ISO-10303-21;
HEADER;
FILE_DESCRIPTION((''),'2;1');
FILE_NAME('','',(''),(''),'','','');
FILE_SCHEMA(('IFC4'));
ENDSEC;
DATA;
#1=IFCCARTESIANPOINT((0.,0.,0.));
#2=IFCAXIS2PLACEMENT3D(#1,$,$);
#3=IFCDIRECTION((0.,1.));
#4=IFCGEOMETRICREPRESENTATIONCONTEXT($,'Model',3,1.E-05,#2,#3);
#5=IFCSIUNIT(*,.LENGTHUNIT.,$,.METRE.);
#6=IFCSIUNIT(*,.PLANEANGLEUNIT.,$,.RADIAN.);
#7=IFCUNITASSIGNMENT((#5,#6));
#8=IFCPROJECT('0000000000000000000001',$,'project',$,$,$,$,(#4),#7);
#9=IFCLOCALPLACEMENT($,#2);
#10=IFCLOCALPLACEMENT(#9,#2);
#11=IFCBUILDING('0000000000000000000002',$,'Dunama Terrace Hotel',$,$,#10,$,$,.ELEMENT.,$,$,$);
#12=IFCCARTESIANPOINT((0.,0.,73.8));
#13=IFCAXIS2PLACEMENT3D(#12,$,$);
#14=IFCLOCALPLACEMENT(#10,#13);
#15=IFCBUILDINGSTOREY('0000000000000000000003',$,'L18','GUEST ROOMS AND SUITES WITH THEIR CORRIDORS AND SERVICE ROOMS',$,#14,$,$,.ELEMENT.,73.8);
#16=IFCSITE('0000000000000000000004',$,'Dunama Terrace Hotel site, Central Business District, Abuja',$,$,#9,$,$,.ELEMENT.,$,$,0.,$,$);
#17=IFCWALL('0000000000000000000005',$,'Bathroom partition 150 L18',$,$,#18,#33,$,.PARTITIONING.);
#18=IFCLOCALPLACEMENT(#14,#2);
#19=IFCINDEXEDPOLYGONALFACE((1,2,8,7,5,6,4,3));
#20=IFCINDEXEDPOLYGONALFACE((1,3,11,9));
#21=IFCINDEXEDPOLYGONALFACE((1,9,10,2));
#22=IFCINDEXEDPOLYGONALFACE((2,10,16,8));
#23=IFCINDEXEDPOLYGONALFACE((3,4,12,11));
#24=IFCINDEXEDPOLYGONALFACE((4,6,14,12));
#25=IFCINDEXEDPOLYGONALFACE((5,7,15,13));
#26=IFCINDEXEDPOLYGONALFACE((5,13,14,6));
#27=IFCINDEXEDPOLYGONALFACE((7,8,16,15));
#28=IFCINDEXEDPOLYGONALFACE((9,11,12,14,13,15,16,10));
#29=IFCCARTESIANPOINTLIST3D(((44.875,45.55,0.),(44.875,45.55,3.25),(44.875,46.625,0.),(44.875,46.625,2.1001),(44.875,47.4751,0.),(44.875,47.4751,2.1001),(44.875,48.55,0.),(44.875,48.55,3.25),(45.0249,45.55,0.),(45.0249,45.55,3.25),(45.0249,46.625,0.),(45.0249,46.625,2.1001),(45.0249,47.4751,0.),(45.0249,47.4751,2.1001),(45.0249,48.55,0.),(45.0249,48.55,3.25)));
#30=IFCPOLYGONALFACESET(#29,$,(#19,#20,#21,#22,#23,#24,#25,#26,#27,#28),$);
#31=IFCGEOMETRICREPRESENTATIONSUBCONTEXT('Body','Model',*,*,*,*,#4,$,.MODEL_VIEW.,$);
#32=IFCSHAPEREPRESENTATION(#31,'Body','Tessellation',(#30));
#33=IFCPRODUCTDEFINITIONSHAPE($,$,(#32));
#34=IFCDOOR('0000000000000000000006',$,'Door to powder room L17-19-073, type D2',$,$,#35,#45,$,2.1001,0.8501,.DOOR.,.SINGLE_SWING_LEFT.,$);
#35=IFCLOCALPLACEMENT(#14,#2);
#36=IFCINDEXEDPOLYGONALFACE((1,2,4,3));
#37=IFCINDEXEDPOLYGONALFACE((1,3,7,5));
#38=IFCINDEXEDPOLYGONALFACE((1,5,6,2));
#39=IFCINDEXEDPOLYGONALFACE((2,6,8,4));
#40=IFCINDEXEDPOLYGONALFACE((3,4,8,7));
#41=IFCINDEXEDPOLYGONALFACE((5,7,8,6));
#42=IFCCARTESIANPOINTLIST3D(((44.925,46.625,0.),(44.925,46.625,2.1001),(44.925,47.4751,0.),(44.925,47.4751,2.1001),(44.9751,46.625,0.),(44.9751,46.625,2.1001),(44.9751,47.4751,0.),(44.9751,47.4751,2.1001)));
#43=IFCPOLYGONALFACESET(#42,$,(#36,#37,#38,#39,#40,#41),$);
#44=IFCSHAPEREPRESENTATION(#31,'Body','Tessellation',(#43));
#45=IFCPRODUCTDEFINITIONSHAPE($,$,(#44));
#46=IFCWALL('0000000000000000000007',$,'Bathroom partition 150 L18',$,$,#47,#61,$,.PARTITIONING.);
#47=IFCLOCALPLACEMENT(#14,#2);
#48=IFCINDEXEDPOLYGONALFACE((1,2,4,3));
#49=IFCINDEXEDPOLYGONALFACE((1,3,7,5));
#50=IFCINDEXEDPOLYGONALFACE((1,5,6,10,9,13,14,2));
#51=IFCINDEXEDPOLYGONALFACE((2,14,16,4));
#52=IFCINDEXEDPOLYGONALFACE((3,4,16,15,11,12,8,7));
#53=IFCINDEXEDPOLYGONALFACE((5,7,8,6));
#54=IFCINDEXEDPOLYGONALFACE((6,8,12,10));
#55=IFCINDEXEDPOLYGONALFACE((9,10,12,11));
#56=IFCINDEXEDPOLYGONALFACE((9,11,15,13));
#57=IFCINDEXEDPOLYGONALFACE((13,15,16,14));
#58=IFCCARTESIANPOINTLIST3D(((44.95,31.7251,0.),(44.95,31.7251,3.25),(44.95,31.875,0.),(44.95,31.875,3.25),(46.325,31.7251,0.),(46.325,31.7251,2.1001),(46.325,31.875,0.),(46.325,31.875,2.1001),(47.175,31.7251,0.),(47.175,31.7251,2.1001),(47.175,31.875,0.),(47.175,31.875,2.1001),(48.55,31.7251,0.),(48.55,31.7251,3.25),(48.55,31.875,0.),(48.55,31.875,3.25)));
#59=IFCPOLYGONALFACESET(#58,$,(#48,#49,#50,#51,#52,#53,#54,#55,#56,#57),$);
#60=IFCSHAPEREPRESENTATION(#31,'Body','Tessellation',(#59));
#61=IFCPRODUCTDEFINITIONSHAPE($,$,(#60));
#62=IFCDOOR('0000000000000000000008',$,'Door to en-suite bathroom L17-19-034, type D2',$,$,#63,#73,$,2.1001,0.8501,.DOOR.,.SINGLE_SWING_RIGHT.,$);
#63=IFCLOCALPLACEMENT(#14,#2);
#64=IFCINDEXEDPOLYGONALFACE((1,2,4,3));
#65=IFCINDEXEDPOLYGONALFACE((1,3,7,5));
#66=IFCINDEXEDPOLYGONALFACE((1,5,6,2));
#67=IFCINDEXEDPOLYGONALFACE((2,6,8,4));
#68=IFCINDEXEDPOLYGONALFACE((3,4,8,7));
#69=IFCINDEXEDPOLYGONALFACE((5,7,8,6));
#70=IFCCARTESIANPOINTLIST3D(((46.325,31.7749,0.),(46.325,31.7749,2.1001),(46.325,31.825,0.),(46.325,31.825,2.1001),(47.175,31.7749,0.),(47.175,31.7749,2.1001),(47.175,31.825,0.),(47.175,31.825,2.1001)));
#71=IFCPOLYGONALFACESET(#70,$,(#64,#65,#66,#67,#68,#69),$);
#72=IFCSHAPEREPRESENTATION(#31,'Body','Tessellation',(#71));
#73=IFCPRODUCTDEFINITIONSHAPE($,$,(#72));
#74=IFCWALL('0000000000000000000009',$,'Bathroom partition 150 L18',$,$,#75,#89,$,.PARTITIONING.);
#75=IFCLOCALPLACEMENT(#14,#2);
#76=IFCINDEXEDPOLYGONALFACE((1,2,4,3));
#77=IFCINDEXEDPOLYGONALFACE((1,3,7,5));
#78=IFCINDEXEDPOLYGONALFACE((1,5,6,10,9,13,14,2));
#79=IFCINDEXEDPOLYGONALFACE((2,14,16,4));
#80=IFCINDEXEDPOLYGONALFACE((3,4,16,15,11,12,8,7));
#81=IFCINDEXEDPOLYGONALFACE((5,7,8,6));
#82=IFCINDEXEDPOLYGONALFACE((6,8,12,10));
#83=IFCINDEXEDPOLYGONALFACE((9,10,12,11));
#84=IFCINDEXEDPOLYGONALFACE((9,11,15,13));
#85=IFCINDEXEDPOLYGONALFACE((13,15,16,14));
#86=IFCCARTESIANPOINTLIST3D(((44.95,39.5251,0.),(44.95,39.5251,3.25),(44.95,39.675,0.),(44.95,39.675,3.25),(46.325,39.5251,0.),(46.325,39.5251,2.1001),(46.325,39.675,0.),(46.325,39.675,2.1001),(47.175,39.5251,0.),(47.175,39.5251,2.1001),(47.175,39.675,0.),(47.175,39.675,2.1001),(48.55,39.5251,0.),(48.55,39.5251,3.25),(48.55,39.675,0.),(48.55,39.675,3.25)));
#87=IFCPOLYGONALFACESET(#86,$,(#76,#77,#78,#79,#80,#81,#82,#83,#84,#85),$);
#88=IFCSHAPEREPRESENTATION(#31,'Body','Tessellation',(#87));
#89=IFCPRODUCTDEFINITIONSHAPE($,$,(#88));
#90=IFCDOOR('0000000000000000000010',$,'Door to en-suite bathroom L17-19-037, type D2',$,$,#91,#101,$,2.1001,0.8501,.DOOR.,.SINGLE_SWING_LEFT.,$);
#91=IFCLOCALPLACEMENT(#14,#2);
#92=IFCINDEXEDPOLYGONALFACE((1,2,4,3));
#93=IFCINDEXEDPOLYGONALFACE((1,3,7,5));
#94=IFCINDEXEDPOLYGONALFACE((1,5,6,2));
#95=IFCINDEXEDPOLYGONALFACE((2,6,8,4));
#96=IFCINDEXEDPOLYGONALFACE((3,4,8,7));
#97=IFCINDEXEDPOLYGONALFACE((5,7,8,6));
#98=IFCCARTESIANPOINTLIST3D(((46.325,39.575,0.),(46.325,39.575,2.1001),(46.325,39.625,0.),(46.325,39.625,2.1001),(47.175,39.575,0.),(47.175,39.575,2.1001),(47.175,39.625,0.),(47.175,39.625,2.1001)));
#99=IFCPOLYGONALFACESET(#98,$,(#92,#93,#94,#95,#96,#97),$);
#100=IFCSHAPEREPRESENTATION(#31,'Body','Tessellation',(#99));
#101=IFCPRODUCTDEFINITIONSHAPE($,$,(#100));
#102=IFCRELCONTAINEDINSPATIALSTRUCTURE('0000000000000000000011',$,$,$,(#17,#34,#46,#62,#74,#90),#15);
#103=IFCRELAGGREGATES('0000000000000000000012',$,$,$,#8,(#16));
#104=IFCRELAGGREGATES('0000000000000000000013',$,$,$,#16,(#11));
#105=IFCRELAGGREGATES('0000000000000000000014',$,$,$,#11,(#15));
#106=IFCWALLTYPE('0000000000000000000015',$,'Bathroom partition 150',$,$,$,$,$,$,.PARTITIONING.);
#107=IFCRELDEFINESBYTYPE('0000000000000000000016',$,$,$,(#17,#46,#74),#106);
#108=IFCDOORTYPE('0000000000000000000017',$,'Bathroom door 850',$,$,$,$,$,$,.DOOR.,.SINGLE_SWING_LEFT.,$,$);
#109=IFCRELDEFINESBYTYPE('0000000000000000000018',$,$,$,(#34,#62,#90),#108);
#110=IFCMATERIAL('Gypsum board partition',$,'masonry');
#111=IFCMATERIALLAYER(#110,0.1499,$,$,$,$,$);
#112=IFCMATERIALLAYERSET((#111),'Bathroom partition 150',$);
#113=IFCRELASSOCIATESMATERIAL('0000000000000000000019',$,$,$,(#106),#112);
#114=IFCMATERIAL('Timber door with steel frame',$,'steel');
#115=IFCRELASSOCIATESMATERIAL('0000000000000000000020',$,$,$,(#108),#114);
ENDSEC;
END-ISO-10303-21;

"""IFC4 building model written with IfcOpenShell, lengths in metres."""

from ifc_helpers import new_model, si_unit, direction, frame, frame_2d, origin, place, context, subcontext, project, spatial, rectangle, extrude, material, layer, layer_set, type_object, element, fill, save


model = new_model("IFC4")

# Units and contexts
model_context = context("Model", 3, precision=1e-05, world=origin(), true_north=direction((0.0, 1.0)))
body_context = subcontext(model_context, "Body", "Model", "MODEL_VIEW")
ifc_project = project(units=[si_unit("LENGTHUNIT", "METRE"), si_unit("PLANEANGLEUNIT", "RADIAN")], contexts=[model_context])

# Site, building, storey
site_placement = place(None, origin())
site = spatial("IfcSite", under=ifc_project, at=site_placement, Name="Dunama Terrace Hotel site, Central Business District, Abuja", CompositionType="ELEMENT", RefElevation=0.0)
building_placement = place(site_placement, origin())
building = spatial("IfcBuilding", under=site, at=building_placement, Name="Dunama Terrace Hotel", CompositionType="ELEMENT")
storey_placement = place(building_placement, frame((0.0, 0.0, 73.8)))
storey = spatial("IfcBuildingStorey", under=building, at=storey_placement, Name="L18", Description="GUEST ROOMS AND SUITES WITH THEIR CORRIDORS AND SERVICE ROOMS", CompositionType="ELEMENT", Elevation=73.8)

# Walls, openings, doors
ifc_material_1 = material(Name="Gypsum board partition", Category="masonry")
ifc_layer_1 = layer(ifc_material_1, 0.1499)
ifc_layer_set_1 = layer_set([ifc_layer_1], Name="Bathroom partition 150")
wall_type_1 = type_object("IfcWallType", Name="Bathroom partition 150", PredefinedType="PARTITIONING", material=ifc_layer_set_1)
wall_1_placement = place(storey_placement, frame((44.95, 45.55, 0.0), z_axis=(0.0, 0.0, 1.0), x_axis=(0.0, 1.0, 0.0)))
wall_1 = element("IfcWall", 1, at=wall_1_placement, inside=storey, type_object=wall_type_1, Name="Bathroom partition 150 L18", PredefinedType="PARTITIONING", context=body_context, shape_type="SweptSolid", body=[
    extrude(rectangle(XDim=3.0, YDim=0.1499, at=frame_2d((1.5, 0.0))), origin(), (0.0, 0.0, 1.0), 3.25),
])
opening_1_placement = place(wall_1_placement, frame((1.075, 0.0, 0.0)))
opening_1 = element("IfcOpeningElement", 2, at=opening_1_placement, cuts=wall_1, PredefinedType="OPENING", context=body_context, shape_type="SweptSolid", body=[
    extrude(rectangle(XDim=0.8501, YDim=2.1001, at=frame_2d((0.425, 1.05))), frame((0.0, 0.085, 0.0), z_axis=(0.0, -1.0, 0.0), x_axis=(1.0, 0.0, 0.0)), (0.0, 0.0, 1.0), 0.1699),
])
ifc_material_2 = material(Name="Timber door with steel frame", Category="steel")
door_type_1 = type_object("IfcDoorType", Name="Bathroom door 850", OperationType="SINGLE_SWING_LEFT", PredefinedType="DOOR", material=ifc_material_2)
door_1_placement = place(opening_1_placement, origin())
door_1 = element("IfcDoor", 3, at=door_1_placement, inside=storey, type_object=door_type_1, Name="Door to powder room L17-19-073, type D2", OperationType="SINGLE_SWING_LEFT", OverallHeight=2.1001, OverallWidth=0.8501, PredefinedType="DOOR", context=body_context, shape_type="SweptSolid", body=[
    extrude(rectangle(XDim=0.8501, YDim=2.1001, at=frame_2d((0.425, 1.05))), frame((0.0, 0.0249, 0.0), z_axis=(0.0, -1.0, 0.0), x_axis=(1.0, 0.0, 0.0)), (0.0, 0.0, 1.0), 0.05),
])
fill(opening_1, door_1)
wall_2_placement = place(storey_placement, frame((44.95, 31.8, 0.0), z_axis=(0.0, 0.0, 1.0), x_axis=(1.0, 0.0, 0.0)))
wall_2 = element("IfcWall", 4, at=wall_2_placement, inside=storey, type_object=wall_type_1, Name="Bathroom partition 150 L18", PredefinedType="PARTITIONING", context=body_context, shape_type="SweptSolid", body=[
    extrude(rectangle(XDim=3.6001, YDim=0.1499, at=frame_2d((1.8, 0.0))), origin(), (0.0, 0.0, 1.0), 3.25),
])
opening_2_placement = place(wall_2_placement, frame((1.375, 0.0, 0.0)))
opening_2 = element("IfcOpeningElement", 5, at=opening_2_placement, cuts=wall_2, PredefinedType="OPENING", context=body_context, shape_type="SweptSolid", body=[
    extrude(rectangle(XDim=0.8501, YDim=2.1001, at=frame_2d((0.425, 1.05))), frame((0.0, 0.085, 0.0), z_axis=(0.0, -1.0, 0.0), x_axis=(1.0, 0.0, 0.0)), (0.0, 0.0, 1.0), 0.1699),
])
door_2_placement = place(opening_2_placement, frame((0.8501, 0.0, 0.0), z_axis=(0.0, 0.0, 1.0), x_axis=(-1.0, 0.0, 0.0)))
door_2 = element("IfcDoor", 6, at=door_2_placement, inside=storey, type_object=door_type_1, Name="Door to en-suite bathroom L17-19-034, type D2", OperationType="SINGLE_SWING_RIGHT", OverallHeight=2.1001, OverallWidth=0.8501, PredefinedType="DOOR", context=body_context, shape_type="SweptSolid", body=[
    extrude(rectangle(XDim=0.8501, YDim=2.1001, at=frame_2d((0.425, 1.05))), frame((0.0, 0.0251, 0.0), z_axis=(0.0, -1.0, 0.0), x_axis=(1.0, 0.0, 0.0)), (0.0, 0.0, 1.0), 0.05),
])
fill(opening_2, door_2)
wall_3_placement = place(storey_placement, frame((44.95, 39.6001, 0.0), z_axis=(0.0, 0.0, 1.0), x_axis=(1.0, 0.0, 0.0)))
wall_3 = element("IfcWall", 7, at=wall_3_placement, inside=storey, type_object=wall_type_1, Name="Bathroom partition 150 L18", PredefinedType="PARTITIONING", context=body_context, shape_type="SweptSolid", body=[
    extrude(rectangle(XDim=3.6001, YDim=0.1499, at=frame_2d((1.8, 0.0))), origin(), (0.0, 0.0, 1.0), 3.25),
])
opening_3_placement = place(wall_3_placement, frame((1.375, 0.0, 0.0)))
opening_3 = element("IfcOpeningElement", 8, at=opening_3_placement, cuts=wall_3, PredefinedType="OPENING", context=body_context, shape_type="SweptSolid", body=[
    extrude(rectangle(XDim=0.8501, YDim=2.1001, at=frame_2d((0.425, 1.05))), frame((0.0, 0.085, 0.0), z_axis=(0.0, -1.0, 0.0), x_axis=(1.0, 0.0, 0.0)), (0.0, 0.0, 1.0), 0.1699),
])
door_3_placement = place(opening_3_placement, origin())
door_3 = element("IfcDoor", 9, at=door_3_placement, inside=storey, type_object=door_type_1, Name="Door to en-suite bathroom L17-19-037, type D2", OperationType="SINGLE_SWING_LEFT", OverallHeight=2.1001, OverallWidth=0.8501, PredefinedType="DOOR", context=body_context, shape_type="SweptSolid", body=[
    extrude(rectangle(XDim=0.8501, YDim=2.1001, at=frame_2d((0.425, 1.05))), frame((0.0, 0.0249, 0.0), z_axis=(0.0, -1.0, 0.0), x_axis=(1.0, 0.0, 0.0)), (0.0, 0.0, 1.0), 0.05),
])
fill(opening_3, door_3)

save(model, "model.ifc")
